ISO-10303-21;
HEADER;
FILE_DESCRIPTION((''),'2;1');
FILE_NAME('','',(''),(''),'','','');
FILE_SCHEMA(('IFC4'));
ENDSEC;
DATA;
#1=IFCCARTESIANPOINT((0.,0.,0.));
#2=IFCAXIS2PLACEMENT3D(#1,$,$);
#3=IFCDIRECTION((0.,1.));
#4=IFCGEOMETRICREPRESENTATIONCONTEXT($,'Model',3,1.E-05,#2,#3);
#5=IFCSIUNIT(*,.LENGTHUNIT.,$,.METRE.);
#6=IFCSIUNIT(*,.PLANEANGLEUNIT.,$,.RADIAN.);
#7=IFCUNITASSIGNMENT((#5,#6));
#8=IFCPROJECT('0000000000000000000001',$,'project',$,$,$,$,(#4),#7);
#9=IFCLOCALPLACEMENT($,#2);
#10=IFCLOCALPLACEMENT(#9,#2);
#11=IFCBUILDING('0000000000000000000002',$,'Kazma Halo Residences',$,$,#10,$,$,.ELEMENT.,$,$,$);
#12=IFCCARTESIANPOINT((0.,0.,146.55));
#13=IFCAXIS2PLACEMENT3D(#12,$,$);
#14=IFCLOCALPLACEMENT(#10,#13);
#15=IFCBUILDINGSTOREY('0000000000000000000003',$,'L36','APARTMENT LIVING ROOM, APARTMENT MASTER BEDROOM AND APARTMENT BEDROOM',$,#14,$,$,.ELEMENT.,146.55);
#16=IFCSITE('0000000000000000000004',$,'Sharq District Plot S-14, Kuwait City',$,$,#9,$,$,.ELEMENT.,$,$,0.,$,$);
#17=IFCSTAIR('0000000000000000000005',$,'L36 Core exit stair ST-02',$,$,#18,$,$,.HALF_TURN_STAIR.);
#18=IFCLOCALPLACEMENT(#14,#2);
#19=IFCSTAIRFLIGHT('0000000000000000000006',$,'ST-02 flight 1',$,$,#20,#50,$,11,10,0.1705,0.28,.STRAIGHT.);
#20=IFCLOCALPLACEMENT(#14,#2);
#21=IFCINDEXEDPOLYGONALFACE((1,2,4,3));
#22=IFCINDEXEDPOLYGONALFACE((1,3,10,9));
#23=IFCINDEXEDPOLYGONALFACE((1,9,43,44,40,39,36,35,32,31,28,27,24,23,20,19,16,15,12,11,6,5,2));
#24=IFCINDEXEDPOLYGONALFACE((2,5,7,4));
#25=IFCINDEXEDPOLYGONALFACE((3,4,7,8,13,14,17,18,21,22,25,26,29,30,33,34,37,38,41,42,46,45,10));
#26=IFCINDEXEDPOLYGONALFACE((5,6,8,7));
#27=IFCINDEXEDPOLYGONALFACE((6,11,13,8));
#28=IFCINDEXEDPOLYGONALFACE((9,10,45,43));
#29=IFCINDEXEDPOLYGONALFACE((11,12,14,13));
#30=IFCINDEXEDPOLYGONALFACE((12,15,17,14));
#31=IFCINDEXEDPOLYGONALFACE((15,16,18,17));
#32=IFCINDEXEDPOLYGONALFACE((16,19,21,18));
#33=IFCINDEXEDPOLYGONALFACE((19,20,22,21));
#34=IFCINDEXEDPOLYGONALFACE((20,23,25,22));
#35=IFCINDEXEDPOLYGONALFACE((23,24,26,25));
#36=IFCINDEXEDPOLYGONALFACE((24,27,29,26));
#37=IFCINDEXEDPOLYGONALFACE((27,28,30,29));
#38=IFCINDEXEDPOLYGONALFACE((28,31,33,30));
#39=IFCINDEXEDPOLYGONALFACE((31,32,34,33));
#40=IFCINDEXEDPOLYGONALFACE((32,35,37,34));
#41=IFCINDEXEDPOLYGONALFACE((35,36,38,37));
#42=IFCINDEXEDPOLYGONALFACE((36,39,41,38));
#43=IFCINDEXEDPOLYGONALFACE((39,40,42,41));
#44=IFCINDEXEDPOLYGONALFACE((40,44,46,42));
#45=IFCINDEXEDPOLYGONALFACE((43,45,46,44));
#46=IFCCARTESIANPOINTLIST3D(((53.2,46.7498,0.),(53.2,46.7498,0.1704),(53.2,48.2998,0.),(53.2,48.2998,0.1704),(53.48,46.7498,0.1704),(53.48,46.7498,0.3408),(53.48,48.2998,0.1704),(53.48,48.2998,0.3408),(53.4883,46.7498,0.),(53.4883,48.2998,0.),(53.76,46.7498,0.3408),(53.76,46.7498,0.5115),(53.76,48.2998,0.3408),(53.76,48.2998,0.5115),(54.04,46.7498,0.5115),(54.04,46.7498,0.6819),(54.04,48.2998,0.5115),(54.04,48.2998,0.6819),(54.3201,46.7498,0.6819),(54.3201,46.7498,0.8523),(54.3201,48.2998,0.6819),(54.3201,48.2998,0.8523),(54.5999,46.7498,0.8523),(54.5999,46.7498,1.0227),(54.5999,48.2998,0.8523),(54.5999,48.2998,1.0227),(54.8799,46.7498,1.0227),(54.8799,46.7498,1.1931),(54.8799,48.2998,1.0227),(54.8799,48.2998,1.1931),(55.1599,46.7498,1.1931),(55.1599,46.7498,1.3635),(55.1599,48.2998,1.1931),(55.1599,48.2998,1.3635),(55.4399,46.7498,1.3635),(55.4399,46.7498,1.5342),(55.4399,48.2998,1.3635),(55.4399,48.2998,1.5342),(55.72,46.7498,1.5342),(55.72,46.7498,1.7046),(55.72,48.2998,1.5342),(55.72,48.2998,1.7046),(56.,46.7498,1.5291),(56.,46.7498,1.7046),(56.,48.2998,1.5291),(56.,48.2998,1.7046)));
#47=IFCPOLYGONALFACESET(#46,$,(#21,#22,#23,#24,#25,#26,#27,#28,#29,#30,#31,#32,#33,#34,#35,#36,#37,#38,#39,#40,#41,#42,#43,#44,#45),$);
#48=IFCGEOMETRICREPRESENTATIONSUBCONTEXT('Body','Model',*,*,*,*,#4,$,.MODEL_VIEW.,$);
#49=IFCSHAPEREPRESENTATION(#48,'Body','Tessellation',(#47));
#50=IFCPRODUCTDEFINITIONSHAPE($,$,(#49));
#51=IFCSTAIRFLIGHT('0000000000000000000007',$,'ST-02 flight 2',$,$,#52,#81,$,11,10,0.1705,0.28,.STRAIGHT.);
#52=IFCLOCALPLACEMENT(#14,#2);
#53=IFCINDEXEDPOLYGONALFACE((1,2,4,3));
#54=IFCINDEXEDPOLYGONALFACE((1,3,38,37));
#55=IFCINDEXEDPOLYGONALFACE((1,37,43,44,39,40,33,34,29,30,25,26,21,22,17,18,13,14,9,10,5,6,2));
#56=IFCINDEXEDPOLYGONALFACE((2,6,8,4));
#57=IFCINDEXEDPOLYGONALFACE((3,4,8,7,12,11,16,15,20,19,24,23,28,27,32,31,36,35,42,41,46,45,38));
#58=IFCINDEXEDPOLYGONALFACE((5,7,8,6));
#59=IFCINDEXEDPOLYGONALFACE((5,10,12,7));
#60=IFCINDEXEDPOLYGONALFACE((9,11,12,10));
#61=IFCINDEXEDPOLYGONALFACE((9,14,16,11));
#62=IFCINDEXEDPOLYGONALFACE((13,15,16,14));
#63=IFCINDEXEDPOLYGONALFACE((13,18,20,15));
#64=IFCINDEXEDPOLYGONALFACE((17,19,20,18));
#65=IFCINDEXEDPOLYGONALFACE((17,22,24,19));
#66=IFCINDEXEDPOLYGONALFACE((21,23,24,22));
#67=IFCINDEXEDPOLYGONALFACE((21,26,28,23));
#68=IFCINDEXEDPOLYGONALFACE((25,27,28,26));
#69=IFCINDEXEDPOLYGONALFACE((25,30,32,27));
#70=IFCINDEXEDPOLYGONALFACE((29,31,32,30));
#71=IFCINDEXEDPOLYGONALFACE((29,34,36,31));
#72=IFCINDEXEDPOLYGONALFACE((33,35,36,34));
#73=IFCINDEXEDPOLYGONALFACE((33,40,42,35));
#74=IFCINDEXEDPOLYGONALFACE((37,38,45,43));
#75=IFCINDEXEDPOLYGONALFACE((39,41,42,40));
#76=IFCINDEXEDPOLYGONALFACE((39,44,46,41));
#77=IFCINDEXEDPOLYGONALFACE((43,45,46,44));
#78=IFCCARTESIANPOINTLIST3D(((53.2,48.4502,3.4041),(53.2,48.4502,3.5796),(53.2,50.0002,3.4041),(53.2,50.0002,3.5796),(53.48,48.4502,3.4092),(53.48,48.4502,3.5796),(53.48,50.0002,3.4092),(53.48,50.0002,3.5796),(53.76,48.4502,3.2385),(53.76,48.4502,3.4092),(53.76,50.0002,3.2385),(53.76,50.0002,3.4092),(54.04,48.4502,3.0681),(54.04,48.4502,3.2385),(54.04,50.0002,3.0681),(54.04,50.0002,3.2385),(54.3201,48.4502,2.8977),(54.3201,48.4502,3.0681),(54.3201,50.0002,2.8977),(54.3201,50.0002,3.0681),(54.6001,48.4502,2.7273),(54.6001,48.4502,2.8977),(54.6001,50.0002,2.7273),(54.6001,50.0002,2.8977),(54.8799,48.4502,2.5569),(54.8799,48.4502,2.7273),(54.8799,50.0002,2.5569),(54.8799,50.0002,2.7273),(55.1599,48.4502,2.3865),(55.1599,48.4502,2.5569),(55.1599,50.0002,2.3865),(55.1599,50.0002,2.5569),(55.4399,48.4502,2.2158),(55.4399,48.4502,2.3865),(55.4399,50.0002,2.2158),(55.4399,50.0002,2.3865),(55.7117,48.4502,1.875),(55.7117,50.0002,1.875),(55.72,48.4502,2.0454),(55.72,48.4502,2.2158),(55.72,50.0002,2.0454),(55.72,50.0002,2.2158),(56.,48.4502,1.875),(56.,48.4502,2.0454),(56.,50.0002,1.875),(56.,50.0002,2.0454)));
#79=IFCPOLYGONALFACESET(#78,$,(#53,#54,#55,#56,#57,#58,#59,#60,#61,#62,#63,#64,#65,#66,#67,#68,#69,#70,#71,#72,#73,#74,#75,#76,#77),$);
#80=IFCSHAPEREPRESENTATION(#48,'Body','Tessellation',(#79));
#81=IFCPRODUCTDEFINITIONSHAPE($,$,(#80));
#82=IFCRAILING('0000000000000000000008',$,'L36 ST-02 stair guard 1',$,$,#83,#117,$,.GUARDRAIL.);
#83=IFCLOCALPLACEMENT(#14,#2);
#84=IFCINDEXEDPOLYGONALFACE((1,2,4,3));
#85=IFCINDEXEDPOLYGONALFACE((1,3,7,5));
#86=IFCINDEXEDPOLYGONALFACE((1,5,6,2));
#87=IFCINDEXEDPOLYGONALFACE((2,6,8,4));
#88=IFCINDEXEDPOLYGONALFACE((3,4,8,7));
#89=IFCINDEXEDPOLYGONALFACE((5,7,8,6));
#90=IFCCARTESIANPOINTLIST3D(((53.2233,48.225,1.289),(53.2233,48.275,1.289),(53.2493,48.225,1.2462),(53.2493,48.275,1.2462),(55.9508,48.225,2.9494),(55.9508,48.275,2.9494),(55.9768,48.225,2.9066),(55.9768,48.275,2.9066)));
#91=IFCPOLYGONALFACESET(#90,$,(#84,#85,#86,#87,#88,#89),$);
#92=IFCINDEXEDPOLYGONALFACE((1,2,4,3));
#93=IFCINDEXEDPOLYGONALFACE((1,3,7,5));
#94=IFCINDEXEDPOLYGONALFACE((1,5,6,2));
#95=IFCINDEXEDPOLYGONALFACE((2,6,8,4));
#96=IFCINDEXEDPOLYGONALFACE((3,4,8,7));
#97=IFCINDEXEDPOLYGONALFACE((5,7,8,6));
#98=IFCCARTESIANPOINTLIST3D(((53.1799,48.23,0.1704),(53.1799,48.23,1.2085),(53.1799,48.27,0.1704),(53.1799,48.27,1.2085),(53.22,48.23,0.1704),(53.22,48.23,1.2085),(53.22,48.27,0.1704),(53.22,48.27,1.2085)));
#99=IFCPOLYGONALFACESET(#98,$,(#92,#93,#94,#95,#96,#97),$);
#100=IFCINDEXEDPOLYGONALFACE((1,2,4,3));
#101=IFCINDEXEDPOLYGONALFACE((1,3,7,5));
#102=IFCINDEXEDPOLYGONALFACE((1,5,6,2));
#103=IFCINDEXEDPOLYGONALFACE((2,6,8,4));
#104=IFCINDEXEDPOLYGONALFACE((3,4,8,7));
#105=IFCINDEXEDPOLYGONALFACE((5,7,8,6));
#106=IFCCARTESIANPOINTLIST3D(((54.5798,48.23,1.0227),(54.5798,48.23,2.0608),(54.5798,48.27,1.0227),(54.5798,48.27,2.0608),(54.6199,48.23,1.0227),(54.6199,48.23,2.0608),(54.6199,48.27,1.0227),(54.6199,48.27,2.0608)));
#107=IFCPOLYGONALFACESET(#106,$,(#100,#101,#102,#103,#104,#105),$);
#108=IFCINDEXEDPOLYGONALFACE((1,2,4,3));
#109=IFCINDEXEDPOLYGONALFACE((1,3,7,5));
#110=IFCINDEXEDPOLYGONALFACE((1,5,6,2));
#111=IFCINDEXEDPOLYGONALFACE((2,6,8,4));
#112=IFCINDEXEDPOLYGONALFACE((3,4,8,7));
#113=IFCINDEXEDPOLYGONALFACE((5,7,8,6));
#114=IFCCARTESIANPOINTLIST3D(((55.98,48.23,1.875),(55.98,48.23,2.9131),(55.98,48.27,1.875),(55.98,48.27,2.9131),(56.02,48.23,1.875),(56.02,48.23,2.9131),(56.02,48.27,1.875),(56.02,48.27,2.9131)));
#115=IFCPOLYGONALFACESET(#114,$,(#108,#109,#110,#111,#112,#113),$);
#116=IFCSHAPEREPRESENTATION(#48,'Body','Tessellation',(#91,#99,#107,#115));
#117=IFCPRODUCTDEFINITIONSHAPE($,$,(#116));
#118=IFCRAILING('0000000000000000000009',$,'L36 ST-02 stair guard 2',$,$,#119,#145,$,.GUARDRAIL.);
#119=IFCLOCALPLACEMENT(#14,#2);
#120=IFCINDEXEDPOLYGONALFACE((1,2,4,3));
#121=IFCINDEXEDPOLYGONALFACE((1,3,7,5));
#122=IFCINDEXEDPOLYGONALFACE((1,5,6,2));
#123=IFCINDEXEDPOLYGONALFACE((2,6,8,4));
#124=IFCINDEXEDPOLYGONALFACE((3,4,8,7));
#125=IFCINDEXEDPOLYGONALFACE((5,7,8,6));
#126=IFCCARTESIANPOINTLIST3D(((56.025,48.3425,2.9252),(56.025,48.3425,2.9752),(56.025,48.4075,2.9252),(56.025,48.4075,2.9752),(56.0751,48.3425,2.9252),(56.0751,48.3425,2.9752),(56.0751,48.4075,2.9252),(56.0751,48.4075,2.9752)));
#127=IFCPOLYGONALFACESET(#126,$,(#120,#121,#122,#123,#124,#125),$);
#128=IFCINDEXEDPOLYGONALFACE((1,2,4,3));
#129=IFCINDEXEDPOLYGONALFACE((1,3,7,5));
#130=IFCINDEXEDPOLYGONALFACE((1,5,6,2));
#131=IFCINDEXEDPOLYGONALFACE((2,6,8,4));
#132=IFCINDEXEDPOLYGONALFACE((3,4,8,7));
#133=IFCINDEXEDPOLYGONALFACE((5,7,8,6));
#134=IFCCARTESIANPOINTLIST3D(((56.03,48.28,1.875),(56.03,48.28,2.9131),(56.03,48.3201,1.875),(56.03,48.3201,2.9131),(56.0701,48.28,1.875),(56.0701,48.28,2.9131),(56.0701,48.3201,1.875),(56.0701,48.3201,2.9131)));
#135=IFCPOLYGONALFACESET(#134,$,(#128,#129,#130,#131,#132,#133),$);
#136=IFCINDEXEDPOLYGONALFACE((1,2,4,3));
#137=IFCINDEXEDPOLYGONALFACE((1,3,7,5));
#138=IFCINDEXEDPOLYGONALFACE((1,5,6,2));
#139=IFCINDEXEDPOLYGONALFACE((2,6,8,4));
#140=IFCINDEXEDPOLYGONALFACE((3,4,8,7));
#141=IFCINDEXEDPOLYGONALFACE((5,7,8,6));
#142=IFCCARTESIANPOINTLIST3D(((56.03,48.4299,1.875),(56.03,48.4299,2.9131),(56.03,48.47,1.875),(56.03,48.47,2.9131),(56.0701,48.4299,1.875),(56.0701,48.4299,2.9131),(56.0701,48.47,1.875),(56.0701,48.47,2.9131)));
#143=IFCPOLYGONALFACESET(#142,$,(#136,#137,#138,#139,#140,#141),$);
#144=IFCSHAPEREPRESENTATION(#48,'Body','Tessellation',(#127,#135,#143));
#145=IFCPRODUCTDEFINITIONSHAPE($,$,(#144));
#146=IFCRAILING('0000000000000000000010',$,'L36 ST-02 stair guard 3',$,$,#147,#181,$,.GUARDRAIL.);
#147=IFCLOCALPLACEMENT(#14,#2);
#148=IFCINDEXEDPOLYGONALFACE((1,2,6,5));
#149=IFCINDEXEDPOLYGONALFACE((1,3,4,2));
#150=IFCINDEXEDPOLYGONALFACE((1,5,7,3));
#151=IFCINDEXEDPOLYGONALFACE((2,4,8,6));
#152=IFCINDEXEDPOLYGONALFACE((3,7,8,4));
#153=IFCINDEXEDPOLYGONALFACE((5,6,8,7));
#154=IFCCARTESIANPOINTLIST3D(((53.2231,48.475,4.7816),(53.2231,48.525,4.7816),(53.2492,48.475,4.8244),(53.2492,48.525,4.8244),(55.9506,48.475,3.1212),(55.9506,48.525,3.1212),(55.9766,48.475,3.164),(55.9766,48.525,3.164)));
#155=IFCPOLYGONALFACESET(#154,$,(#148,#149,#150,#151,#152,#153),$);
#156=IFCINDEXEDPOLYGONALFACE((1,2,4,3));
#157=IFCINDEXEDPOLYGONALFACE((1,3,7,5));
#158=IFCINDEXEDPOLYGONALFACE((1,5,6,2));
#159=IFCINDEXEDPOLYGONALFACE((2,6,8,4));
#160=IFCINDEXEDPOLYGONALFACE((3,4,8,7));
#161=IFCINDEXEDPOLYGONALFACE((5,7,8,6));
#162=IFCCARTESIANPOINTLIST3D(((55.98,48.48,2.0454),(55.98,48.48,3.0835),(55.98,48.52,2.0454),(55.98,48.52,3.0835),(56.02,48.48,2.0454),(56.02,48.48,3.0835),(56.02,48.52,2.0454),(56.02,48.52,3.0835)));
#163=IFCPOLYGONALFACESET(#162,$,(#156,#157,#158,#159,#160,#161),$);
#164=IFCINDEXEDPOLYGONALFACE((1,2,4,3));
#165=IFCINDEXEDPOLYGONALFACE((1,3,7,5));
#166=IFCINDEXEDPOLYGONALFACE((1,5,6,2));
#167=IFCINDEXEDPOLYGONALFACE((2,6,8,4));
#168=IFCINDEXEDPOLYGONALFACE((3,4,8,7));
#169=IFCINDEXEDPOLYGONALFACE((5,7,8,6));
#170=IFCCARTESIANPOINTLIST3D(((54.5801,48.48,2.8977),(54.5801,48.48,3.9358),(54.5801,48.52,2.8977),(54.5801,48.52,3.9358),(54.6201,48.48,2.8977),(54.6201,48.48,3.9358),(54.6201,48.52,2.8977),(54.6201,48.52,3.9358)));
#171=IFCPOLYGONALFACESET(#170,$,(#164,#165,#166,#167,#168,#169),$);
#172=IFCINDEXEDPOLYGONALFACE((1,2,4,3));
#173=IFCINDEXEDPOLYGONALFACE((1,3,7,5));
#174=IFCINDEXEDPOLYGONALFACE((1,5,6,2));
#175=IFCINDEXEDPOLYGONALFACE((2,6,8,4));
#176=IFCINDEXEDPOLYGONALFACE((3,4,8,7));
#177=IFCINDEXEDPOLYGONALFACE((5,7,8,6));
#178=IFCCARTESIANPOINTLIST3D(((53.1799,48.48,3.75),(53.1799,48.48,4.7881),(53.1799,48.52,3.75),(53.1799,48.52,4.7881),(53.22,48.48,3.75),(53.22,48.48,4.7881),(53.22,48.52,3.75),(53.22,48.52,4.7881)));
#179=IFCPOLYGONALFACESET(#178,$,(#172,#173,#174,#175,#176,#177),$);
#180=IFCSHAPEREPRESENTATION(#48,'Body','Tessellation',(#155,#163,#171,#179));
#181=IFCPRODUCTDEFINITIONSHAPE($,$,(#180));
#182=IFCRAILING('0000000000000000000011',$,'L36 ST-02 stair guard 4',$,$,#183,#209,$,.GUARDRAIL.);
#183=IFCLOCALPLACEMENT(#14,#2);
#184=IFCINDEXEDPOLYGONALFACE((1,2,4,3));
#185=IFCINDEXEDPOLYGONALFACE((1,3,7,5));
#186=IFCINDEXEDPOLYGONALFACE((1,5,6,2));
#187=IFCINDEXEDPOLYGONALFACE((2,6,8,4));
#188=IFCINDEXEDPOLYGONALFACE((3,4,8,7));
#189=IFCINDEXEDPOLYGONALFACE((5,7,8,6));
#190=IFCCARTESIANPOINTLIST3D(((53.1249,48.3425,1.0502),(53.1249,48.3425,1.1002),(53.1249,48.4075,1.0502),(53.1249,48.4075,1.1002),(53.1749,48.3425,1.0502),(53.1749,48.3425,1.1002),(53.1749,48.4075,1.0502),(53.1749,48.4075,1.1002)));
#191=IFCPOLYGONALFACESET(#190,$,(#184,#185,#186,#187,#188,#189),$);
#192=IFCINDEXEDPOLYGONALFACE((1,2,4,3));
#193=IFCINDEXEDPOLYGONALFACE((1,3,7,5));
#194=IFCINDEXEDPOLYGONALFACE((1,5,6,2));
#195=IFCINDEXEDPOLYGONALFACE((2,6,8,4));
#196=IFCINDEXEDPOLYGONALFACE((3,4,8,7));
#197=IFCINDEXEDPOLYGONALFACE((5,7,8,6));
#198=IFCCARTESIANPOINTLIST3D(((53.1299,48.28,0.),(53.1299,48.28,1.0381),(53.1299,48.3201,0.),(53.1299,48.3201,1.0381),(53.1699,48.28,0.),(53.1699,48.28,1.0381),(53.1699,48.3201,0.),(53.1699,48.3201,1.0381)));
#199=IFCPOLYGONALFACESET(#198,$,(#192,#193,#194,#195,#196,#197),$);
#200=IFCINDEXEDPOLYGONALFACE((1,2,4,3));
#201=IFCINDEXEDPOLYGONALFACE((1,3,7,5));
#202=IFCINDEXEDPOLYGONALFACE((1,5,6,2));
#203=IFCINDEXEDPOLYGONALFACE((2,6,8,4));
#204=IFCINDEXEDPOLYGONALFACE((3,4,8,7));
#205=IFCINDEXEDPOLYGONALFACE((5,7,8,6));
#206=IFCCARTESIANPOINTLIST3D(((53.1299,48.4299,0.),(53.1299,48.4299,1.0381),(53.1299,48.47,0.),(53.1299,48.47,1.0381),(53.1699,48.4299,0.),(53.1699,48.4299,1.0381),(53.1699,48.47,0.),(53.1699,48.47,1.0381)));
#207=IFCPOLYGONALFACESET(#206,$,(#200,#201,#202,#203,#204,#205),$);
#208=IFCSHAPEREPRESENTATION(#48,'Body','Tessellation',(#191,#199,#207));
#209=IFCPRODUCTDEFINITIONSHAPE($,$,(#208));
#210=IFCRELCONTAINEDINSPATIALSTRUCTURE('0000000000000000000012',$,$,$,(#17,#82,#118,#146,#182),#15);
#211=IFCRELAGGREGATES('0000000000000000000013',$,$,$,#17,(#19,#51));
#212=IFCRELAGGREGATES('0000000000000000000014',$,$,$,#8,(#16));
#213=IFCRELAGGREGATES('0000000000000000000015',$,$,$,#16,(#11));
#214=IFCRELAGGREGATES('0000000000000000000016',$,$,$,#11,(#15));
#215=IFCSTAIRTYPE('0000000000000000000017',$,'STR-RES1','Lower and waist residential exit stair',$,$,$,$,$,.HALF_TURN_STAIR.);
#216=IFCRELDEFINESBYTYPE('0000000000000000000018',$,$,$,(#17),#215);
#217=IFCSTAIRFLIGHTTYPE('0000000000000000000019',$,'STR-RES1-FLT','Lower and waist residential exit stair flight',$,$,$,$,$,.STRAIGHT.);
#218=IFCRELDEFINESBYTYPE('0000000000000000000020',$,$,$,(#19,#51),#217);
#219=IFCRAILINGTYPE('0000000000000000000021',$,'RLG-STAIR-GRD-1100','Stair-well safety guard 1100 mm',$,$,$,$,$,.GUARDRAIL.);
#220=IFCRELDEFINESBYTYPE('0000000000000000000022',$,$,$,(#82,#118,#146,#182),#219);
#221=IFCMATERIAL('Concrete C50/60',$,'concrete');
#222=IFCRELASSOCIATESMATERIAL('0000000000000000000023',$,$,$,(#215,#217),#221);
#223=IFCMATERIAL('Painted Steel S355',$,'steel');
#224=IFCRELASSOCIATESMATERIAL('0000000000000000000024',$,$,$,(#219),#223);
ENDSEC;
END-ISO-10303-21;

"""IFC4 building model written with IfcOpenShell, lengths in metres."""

from ifc_helpers import new_model, si_unit, direction, frame, origin, origin_2d, place, context, subcontext, project, spatial, polyline, rectangle, outline, extrude, material, type_object, element, aggregate, save


model = new_model("IFC4")

# Units and contexts
model_context = context("Model", 3, precision=1e-05, world=origin(), true_north=direction((0.0, 1.0)))
body_context = subcontext(model_context, "Body", "Model", "MODEL_VIEW")
ifc_project = project(units=[si_unit("LENGTHUNIT", "METRE"), si_unit("PLANEANGLEUNIT", "RADIAN")], contexts=[model_context])

# Site, building, storey
site_placement = place(None, origin())
site = spatial("IfcSite", under=ifc_project, at=site_placement, Name="Sharq District Plot S-14, Kuwait City", CompositionType="ELEMENT", RefElevation=0.0)
building_placement = place(site_placement, origin())
building = spatial("IfcBuilding", under=site, at=building_placement, Name="Kazma Halo Residences", CompositionType="ELEMENT")
storey_placement = place(building_placement, frame((0.0, 0.0, 146.55)))
storey = spatial("IfcBuildingStorey", under=building, at=storey_placement, Name="L36", Description="APARTMENT LIVING ROOM, APARTMENT MASTER BEDROOM AND APARTMENT BEDROOM", CompositionType="ELEMENT", Elevation=146.55)

# Shared definitions
ifc_material_1 = material(Name="Concrete C50/60", Category="concrete")

# Stair, stair flights
stair_type = type_object("IfcStairType", Name="STR-RES1", Description="Lower and waist residential exit stair", PredefinedType="HALF_TURN_STAIR", material=ifc_material_1)
stair_placement = place(storey_placement, origin())
stair = element("IfcStair", 1, at=stair_placement, inside=storey, type_object=stair_type, Name="L36 Core exit stair ST-02", PredefinedType="HALF_TURN_STAIR")
stair_flight_type = type_object("IfcStairFlightType", Name="STR-RES1-FLT", Description="Lower and waist residential exit stair flight", PredefinedType="STRAIGHT", material=ifc_material_1)
stair_flight_1_placement = place(storey_placement, frame((53.2, 47.5249, 0.0), z_axis=(0.0, 0.0, 1.0), x_axis=(1.0, 0.0, 0.0)))
stair_flight_1 = element("IfcStairFlight", 2, at=stair_flight_1_placement, type_object=stair_flight_type, Name="ST-02 flight 1", NumberOfRisers=11, NumberOfTreads=10, PredefinedType="STRAIGHT", RiserHeight=0.1705, TreadLength=0.28, context=body_context, shape_type="SweptSolid", body=[
    extrude(outline(polyline([(0.0, 0.0), (0.0, 0.1704), (0.28, 0.1704), (0.28, 0.3408), (0.5601, 0.3408), (0.5601, 0.5115), (0.8401, 0.5115), (0.8401, 0.6819), (1.1201, 0.6819), (1.1201, 0.8523), (1.3999, 0.8523), (1.3999, 1.0227), (1.6799, 1.0227), (1.6799, 1.1931), (1.96, 1.1931), (1.96, 1.3635), (2.24, 1.3635), (2.24, 1.5342), (2.52, 1.5342), (2.52, 1.7046), (2.8, 1.7046), (2.8, 1.875), (2.8, 1.5291), (0.2883, 0.0), (0.0, 0.0)])), frame((0.0, 0.7749, 0.0), z_axis=(0.0, -1.0, 0.0), x_axis=(1.0, 0.0, 0.0)), (0.0, 0.0, 1.0), 1.55),
])
stair_flight_2_placement = place(storey_placement, frame((56.0, 49.2251, 1.875), z_axis=(0.0, 0.0, 1.0), x_axis=(-1.0, 0.0, 0.0)))
stair_flight_2 = element("IfcStairFlight", 3, at=stair_flight_2_placement, type_object=stair_flight_type, Name="ST-02 flight 2", NumberOfRisers=11, NumberOfTreads=10, PredefinedType="STRAIGHT", RiserHeight=0.1705, TreadLength=0.28, context=body_context, shape_type="SweptSolid", body=[
    extrude(outline(polyline([(0.0, 0.0), (0.0, 0.1704), (0.28, 0.1704), (0.28, 0.3408), (0.5601, 0.3408), (0.5601, 0.5115), (0.8401, 0.5115), (0.8401, 0.6819), (1.1201, 0.6819), (1.1201, 0.8523), (1.3999, 0.8523), (1.3999, 1.0227), (1.6799, 1.0227), (1.6799, 1.1931), (1.96, 1.1931), (1.96, 1.3635), (2.24, 1.3635), (2.24, 1.5342), (2.52, 1.5342), (2.52, 1.7046), (2.8, 1.7046), (2.8, 1.875), (2.8, 1.5291), (0.2883, 0.0), (0.0, 0.0)])), frame((0.0, 0.7749, 0.0), z_axis=(0.0, -1.0, 0.0), x_axis=(1.0, 0.0, 0.0)), (0.0, 0.0, 1.0), 1.55),
])
aggregate(stair, [stair_flight_1, stair_flight_2])

# Railings
ifc_material_2 = material(Name="Painted Steel S355", Category="steel")
railing_type_1 = type_object("IfcRailingType", Name="RLG-STAIR-GRD-1100", Description="Stair-well safety guard 1100 mm", PredefinedType="GUARDRAIL", material=ifc_material_2)
railing_1_placement = place(storey_placement, frame((53.2, 48.25, 0.1704)))
element("IfcRailing", 4, at=railing_1_placement, inside=storey, type_object=railing_type_1, Name="L36 ST-02 stair guard 1", PredefinedType="GUARDRAIL", context=body_context, shape_type="SweptSolid", body=[
    extrude(rectangle(XDim=0.05, YDim=0.05, at=origin_2d()), frame((0.0364, 0.0, 1.0972), z_axis=(0.85417, 0.0, 0.519994), x_axis=(0.0, 1.0, 0.0)), (0.0, 0.0, 1.0), 3.1931),
    extrude(rectangle(XDim=0.04, YDim=0.04, at=origin_2d()), origin(), (0.0, 0.0, 1.0), 1.0381),
    extrude(rectangle(XDim=0.04, YDim=0.04, at=origin_2d()), frame((1.3999, 0.0, 0.8523)), (0.0, 0.0, 1.0), 1.0381),
    extrude(rectangle(XDim=0.04, YDim=0.04, at=origin_2d()), frame((2.8, 0.0, 1.7046)), (0.0, 0.0, 1.0), 1.0381),
])
railing_2_placement = place(storey_placement, frame((56.05, 48.3, 1.875)))
element("IfcRailing", 5, at=railing_2_placement, inside=storey, type_object=railing_type_1, Name="L36 ST-02 stair guard 2", PredefinedType="GUARDRAIL", context=body_context, shape_type="SweptSolid", body=[
    extrude(rectangle(XDim=0.05, YDim=0.05, at=origin_2d()), frame((0.0, 0.0425, 1.0752), z_axis=(0.0, 1.0, 0.0), x_axis=(-1.0, 0.0, 0.0)), (0.0, 0.0, 1.0), 0.0649),
    extrude(rectangle(XDim=0.04, YDim=0.04, at=origin_2d()), origin(), (0.0, 0.0, 1.0), 1.0381),
    extrude(rectangle(XDim=0.04, YDim=0.04, at=origin_2d()), frame((0.0, 0.1499, 0.0)), (0.0, 0.0, 1.0), 1.0381),
])
railing_3_placement = place(storey_placement, frame((56.0, 48.5, 2.0454)))
element("IfcRailing", 6, at=railing_3_placement, inside=storey, type_object=railing_type_1, Name="L36 ST-02 stair guard 3", PredefinedType="GUARDRAIL", context=body_context, shape_type="SweptSolid", body=[
    extrude(rectangle(XDim=0.05, YDim=0.05, at=origin_2d()), frame((-0.0364, 0.0, 1.0972), z_axis=(-0.85417, 0.0, 0.519994), x_axis=(0.0, -1.0, 0.0)), (0.0, 0.0, 1.0), 3.1931),
    extrude(rectangle(XDim=0.04, YDim=0.04, at=origin_2d()), origin(), (0.0, 0.0, 1.0), 1.0381),
    extrude(rectangle(XDim=0.04, YDim=0.04, at=origin_2d()), frame((-1.3999, 0.0, 0.8523)), (0.0, 0.0, 1.0), 1.0381),
    extrude(rectangle(XDim=0.04, YDim=0.04, at=origin_2d()), frame((-2.8, 0.0, 1.7046)), (0.0, 0.0, 1.0), 1.0381),
])
railing_4_placement = place(storey_placement, frame((53.1499, 48.3, 0.0)))
element("IfcRailing", 7, at=railing_4_placement, inside=storey, type_object=railing_type_1, Name="L36 ST-02 stair guard 4", PredefinedType="GUARDRAIL", context=body_context, shape_type="SweptSolid", body=[
    extrude(rectangle(XDim=0.05, YDim=0.05, at=origin_2d()), frame((0.0, 0.0425, 1.0752), z_axis=(0.0, 1.0, 0.0), x_axis=(-1.0, 0.0, 0.0)), (0.0, 0.0, 1.0), 0.0649),
    extrude(rectangle(XDim=0.04, YDim=0.04, at=origin_2d()), origin(), (0.0, 0.0, 1.0), 1.0381),
    extrude(rectangle(XDim=0.04, YDim=0.04, at=origin_2d()), frame((0.0, 0.1499, 0.0)), (0.0, 0.0, 1.0), 1.0381),
])

save(model, "model.ifc")
